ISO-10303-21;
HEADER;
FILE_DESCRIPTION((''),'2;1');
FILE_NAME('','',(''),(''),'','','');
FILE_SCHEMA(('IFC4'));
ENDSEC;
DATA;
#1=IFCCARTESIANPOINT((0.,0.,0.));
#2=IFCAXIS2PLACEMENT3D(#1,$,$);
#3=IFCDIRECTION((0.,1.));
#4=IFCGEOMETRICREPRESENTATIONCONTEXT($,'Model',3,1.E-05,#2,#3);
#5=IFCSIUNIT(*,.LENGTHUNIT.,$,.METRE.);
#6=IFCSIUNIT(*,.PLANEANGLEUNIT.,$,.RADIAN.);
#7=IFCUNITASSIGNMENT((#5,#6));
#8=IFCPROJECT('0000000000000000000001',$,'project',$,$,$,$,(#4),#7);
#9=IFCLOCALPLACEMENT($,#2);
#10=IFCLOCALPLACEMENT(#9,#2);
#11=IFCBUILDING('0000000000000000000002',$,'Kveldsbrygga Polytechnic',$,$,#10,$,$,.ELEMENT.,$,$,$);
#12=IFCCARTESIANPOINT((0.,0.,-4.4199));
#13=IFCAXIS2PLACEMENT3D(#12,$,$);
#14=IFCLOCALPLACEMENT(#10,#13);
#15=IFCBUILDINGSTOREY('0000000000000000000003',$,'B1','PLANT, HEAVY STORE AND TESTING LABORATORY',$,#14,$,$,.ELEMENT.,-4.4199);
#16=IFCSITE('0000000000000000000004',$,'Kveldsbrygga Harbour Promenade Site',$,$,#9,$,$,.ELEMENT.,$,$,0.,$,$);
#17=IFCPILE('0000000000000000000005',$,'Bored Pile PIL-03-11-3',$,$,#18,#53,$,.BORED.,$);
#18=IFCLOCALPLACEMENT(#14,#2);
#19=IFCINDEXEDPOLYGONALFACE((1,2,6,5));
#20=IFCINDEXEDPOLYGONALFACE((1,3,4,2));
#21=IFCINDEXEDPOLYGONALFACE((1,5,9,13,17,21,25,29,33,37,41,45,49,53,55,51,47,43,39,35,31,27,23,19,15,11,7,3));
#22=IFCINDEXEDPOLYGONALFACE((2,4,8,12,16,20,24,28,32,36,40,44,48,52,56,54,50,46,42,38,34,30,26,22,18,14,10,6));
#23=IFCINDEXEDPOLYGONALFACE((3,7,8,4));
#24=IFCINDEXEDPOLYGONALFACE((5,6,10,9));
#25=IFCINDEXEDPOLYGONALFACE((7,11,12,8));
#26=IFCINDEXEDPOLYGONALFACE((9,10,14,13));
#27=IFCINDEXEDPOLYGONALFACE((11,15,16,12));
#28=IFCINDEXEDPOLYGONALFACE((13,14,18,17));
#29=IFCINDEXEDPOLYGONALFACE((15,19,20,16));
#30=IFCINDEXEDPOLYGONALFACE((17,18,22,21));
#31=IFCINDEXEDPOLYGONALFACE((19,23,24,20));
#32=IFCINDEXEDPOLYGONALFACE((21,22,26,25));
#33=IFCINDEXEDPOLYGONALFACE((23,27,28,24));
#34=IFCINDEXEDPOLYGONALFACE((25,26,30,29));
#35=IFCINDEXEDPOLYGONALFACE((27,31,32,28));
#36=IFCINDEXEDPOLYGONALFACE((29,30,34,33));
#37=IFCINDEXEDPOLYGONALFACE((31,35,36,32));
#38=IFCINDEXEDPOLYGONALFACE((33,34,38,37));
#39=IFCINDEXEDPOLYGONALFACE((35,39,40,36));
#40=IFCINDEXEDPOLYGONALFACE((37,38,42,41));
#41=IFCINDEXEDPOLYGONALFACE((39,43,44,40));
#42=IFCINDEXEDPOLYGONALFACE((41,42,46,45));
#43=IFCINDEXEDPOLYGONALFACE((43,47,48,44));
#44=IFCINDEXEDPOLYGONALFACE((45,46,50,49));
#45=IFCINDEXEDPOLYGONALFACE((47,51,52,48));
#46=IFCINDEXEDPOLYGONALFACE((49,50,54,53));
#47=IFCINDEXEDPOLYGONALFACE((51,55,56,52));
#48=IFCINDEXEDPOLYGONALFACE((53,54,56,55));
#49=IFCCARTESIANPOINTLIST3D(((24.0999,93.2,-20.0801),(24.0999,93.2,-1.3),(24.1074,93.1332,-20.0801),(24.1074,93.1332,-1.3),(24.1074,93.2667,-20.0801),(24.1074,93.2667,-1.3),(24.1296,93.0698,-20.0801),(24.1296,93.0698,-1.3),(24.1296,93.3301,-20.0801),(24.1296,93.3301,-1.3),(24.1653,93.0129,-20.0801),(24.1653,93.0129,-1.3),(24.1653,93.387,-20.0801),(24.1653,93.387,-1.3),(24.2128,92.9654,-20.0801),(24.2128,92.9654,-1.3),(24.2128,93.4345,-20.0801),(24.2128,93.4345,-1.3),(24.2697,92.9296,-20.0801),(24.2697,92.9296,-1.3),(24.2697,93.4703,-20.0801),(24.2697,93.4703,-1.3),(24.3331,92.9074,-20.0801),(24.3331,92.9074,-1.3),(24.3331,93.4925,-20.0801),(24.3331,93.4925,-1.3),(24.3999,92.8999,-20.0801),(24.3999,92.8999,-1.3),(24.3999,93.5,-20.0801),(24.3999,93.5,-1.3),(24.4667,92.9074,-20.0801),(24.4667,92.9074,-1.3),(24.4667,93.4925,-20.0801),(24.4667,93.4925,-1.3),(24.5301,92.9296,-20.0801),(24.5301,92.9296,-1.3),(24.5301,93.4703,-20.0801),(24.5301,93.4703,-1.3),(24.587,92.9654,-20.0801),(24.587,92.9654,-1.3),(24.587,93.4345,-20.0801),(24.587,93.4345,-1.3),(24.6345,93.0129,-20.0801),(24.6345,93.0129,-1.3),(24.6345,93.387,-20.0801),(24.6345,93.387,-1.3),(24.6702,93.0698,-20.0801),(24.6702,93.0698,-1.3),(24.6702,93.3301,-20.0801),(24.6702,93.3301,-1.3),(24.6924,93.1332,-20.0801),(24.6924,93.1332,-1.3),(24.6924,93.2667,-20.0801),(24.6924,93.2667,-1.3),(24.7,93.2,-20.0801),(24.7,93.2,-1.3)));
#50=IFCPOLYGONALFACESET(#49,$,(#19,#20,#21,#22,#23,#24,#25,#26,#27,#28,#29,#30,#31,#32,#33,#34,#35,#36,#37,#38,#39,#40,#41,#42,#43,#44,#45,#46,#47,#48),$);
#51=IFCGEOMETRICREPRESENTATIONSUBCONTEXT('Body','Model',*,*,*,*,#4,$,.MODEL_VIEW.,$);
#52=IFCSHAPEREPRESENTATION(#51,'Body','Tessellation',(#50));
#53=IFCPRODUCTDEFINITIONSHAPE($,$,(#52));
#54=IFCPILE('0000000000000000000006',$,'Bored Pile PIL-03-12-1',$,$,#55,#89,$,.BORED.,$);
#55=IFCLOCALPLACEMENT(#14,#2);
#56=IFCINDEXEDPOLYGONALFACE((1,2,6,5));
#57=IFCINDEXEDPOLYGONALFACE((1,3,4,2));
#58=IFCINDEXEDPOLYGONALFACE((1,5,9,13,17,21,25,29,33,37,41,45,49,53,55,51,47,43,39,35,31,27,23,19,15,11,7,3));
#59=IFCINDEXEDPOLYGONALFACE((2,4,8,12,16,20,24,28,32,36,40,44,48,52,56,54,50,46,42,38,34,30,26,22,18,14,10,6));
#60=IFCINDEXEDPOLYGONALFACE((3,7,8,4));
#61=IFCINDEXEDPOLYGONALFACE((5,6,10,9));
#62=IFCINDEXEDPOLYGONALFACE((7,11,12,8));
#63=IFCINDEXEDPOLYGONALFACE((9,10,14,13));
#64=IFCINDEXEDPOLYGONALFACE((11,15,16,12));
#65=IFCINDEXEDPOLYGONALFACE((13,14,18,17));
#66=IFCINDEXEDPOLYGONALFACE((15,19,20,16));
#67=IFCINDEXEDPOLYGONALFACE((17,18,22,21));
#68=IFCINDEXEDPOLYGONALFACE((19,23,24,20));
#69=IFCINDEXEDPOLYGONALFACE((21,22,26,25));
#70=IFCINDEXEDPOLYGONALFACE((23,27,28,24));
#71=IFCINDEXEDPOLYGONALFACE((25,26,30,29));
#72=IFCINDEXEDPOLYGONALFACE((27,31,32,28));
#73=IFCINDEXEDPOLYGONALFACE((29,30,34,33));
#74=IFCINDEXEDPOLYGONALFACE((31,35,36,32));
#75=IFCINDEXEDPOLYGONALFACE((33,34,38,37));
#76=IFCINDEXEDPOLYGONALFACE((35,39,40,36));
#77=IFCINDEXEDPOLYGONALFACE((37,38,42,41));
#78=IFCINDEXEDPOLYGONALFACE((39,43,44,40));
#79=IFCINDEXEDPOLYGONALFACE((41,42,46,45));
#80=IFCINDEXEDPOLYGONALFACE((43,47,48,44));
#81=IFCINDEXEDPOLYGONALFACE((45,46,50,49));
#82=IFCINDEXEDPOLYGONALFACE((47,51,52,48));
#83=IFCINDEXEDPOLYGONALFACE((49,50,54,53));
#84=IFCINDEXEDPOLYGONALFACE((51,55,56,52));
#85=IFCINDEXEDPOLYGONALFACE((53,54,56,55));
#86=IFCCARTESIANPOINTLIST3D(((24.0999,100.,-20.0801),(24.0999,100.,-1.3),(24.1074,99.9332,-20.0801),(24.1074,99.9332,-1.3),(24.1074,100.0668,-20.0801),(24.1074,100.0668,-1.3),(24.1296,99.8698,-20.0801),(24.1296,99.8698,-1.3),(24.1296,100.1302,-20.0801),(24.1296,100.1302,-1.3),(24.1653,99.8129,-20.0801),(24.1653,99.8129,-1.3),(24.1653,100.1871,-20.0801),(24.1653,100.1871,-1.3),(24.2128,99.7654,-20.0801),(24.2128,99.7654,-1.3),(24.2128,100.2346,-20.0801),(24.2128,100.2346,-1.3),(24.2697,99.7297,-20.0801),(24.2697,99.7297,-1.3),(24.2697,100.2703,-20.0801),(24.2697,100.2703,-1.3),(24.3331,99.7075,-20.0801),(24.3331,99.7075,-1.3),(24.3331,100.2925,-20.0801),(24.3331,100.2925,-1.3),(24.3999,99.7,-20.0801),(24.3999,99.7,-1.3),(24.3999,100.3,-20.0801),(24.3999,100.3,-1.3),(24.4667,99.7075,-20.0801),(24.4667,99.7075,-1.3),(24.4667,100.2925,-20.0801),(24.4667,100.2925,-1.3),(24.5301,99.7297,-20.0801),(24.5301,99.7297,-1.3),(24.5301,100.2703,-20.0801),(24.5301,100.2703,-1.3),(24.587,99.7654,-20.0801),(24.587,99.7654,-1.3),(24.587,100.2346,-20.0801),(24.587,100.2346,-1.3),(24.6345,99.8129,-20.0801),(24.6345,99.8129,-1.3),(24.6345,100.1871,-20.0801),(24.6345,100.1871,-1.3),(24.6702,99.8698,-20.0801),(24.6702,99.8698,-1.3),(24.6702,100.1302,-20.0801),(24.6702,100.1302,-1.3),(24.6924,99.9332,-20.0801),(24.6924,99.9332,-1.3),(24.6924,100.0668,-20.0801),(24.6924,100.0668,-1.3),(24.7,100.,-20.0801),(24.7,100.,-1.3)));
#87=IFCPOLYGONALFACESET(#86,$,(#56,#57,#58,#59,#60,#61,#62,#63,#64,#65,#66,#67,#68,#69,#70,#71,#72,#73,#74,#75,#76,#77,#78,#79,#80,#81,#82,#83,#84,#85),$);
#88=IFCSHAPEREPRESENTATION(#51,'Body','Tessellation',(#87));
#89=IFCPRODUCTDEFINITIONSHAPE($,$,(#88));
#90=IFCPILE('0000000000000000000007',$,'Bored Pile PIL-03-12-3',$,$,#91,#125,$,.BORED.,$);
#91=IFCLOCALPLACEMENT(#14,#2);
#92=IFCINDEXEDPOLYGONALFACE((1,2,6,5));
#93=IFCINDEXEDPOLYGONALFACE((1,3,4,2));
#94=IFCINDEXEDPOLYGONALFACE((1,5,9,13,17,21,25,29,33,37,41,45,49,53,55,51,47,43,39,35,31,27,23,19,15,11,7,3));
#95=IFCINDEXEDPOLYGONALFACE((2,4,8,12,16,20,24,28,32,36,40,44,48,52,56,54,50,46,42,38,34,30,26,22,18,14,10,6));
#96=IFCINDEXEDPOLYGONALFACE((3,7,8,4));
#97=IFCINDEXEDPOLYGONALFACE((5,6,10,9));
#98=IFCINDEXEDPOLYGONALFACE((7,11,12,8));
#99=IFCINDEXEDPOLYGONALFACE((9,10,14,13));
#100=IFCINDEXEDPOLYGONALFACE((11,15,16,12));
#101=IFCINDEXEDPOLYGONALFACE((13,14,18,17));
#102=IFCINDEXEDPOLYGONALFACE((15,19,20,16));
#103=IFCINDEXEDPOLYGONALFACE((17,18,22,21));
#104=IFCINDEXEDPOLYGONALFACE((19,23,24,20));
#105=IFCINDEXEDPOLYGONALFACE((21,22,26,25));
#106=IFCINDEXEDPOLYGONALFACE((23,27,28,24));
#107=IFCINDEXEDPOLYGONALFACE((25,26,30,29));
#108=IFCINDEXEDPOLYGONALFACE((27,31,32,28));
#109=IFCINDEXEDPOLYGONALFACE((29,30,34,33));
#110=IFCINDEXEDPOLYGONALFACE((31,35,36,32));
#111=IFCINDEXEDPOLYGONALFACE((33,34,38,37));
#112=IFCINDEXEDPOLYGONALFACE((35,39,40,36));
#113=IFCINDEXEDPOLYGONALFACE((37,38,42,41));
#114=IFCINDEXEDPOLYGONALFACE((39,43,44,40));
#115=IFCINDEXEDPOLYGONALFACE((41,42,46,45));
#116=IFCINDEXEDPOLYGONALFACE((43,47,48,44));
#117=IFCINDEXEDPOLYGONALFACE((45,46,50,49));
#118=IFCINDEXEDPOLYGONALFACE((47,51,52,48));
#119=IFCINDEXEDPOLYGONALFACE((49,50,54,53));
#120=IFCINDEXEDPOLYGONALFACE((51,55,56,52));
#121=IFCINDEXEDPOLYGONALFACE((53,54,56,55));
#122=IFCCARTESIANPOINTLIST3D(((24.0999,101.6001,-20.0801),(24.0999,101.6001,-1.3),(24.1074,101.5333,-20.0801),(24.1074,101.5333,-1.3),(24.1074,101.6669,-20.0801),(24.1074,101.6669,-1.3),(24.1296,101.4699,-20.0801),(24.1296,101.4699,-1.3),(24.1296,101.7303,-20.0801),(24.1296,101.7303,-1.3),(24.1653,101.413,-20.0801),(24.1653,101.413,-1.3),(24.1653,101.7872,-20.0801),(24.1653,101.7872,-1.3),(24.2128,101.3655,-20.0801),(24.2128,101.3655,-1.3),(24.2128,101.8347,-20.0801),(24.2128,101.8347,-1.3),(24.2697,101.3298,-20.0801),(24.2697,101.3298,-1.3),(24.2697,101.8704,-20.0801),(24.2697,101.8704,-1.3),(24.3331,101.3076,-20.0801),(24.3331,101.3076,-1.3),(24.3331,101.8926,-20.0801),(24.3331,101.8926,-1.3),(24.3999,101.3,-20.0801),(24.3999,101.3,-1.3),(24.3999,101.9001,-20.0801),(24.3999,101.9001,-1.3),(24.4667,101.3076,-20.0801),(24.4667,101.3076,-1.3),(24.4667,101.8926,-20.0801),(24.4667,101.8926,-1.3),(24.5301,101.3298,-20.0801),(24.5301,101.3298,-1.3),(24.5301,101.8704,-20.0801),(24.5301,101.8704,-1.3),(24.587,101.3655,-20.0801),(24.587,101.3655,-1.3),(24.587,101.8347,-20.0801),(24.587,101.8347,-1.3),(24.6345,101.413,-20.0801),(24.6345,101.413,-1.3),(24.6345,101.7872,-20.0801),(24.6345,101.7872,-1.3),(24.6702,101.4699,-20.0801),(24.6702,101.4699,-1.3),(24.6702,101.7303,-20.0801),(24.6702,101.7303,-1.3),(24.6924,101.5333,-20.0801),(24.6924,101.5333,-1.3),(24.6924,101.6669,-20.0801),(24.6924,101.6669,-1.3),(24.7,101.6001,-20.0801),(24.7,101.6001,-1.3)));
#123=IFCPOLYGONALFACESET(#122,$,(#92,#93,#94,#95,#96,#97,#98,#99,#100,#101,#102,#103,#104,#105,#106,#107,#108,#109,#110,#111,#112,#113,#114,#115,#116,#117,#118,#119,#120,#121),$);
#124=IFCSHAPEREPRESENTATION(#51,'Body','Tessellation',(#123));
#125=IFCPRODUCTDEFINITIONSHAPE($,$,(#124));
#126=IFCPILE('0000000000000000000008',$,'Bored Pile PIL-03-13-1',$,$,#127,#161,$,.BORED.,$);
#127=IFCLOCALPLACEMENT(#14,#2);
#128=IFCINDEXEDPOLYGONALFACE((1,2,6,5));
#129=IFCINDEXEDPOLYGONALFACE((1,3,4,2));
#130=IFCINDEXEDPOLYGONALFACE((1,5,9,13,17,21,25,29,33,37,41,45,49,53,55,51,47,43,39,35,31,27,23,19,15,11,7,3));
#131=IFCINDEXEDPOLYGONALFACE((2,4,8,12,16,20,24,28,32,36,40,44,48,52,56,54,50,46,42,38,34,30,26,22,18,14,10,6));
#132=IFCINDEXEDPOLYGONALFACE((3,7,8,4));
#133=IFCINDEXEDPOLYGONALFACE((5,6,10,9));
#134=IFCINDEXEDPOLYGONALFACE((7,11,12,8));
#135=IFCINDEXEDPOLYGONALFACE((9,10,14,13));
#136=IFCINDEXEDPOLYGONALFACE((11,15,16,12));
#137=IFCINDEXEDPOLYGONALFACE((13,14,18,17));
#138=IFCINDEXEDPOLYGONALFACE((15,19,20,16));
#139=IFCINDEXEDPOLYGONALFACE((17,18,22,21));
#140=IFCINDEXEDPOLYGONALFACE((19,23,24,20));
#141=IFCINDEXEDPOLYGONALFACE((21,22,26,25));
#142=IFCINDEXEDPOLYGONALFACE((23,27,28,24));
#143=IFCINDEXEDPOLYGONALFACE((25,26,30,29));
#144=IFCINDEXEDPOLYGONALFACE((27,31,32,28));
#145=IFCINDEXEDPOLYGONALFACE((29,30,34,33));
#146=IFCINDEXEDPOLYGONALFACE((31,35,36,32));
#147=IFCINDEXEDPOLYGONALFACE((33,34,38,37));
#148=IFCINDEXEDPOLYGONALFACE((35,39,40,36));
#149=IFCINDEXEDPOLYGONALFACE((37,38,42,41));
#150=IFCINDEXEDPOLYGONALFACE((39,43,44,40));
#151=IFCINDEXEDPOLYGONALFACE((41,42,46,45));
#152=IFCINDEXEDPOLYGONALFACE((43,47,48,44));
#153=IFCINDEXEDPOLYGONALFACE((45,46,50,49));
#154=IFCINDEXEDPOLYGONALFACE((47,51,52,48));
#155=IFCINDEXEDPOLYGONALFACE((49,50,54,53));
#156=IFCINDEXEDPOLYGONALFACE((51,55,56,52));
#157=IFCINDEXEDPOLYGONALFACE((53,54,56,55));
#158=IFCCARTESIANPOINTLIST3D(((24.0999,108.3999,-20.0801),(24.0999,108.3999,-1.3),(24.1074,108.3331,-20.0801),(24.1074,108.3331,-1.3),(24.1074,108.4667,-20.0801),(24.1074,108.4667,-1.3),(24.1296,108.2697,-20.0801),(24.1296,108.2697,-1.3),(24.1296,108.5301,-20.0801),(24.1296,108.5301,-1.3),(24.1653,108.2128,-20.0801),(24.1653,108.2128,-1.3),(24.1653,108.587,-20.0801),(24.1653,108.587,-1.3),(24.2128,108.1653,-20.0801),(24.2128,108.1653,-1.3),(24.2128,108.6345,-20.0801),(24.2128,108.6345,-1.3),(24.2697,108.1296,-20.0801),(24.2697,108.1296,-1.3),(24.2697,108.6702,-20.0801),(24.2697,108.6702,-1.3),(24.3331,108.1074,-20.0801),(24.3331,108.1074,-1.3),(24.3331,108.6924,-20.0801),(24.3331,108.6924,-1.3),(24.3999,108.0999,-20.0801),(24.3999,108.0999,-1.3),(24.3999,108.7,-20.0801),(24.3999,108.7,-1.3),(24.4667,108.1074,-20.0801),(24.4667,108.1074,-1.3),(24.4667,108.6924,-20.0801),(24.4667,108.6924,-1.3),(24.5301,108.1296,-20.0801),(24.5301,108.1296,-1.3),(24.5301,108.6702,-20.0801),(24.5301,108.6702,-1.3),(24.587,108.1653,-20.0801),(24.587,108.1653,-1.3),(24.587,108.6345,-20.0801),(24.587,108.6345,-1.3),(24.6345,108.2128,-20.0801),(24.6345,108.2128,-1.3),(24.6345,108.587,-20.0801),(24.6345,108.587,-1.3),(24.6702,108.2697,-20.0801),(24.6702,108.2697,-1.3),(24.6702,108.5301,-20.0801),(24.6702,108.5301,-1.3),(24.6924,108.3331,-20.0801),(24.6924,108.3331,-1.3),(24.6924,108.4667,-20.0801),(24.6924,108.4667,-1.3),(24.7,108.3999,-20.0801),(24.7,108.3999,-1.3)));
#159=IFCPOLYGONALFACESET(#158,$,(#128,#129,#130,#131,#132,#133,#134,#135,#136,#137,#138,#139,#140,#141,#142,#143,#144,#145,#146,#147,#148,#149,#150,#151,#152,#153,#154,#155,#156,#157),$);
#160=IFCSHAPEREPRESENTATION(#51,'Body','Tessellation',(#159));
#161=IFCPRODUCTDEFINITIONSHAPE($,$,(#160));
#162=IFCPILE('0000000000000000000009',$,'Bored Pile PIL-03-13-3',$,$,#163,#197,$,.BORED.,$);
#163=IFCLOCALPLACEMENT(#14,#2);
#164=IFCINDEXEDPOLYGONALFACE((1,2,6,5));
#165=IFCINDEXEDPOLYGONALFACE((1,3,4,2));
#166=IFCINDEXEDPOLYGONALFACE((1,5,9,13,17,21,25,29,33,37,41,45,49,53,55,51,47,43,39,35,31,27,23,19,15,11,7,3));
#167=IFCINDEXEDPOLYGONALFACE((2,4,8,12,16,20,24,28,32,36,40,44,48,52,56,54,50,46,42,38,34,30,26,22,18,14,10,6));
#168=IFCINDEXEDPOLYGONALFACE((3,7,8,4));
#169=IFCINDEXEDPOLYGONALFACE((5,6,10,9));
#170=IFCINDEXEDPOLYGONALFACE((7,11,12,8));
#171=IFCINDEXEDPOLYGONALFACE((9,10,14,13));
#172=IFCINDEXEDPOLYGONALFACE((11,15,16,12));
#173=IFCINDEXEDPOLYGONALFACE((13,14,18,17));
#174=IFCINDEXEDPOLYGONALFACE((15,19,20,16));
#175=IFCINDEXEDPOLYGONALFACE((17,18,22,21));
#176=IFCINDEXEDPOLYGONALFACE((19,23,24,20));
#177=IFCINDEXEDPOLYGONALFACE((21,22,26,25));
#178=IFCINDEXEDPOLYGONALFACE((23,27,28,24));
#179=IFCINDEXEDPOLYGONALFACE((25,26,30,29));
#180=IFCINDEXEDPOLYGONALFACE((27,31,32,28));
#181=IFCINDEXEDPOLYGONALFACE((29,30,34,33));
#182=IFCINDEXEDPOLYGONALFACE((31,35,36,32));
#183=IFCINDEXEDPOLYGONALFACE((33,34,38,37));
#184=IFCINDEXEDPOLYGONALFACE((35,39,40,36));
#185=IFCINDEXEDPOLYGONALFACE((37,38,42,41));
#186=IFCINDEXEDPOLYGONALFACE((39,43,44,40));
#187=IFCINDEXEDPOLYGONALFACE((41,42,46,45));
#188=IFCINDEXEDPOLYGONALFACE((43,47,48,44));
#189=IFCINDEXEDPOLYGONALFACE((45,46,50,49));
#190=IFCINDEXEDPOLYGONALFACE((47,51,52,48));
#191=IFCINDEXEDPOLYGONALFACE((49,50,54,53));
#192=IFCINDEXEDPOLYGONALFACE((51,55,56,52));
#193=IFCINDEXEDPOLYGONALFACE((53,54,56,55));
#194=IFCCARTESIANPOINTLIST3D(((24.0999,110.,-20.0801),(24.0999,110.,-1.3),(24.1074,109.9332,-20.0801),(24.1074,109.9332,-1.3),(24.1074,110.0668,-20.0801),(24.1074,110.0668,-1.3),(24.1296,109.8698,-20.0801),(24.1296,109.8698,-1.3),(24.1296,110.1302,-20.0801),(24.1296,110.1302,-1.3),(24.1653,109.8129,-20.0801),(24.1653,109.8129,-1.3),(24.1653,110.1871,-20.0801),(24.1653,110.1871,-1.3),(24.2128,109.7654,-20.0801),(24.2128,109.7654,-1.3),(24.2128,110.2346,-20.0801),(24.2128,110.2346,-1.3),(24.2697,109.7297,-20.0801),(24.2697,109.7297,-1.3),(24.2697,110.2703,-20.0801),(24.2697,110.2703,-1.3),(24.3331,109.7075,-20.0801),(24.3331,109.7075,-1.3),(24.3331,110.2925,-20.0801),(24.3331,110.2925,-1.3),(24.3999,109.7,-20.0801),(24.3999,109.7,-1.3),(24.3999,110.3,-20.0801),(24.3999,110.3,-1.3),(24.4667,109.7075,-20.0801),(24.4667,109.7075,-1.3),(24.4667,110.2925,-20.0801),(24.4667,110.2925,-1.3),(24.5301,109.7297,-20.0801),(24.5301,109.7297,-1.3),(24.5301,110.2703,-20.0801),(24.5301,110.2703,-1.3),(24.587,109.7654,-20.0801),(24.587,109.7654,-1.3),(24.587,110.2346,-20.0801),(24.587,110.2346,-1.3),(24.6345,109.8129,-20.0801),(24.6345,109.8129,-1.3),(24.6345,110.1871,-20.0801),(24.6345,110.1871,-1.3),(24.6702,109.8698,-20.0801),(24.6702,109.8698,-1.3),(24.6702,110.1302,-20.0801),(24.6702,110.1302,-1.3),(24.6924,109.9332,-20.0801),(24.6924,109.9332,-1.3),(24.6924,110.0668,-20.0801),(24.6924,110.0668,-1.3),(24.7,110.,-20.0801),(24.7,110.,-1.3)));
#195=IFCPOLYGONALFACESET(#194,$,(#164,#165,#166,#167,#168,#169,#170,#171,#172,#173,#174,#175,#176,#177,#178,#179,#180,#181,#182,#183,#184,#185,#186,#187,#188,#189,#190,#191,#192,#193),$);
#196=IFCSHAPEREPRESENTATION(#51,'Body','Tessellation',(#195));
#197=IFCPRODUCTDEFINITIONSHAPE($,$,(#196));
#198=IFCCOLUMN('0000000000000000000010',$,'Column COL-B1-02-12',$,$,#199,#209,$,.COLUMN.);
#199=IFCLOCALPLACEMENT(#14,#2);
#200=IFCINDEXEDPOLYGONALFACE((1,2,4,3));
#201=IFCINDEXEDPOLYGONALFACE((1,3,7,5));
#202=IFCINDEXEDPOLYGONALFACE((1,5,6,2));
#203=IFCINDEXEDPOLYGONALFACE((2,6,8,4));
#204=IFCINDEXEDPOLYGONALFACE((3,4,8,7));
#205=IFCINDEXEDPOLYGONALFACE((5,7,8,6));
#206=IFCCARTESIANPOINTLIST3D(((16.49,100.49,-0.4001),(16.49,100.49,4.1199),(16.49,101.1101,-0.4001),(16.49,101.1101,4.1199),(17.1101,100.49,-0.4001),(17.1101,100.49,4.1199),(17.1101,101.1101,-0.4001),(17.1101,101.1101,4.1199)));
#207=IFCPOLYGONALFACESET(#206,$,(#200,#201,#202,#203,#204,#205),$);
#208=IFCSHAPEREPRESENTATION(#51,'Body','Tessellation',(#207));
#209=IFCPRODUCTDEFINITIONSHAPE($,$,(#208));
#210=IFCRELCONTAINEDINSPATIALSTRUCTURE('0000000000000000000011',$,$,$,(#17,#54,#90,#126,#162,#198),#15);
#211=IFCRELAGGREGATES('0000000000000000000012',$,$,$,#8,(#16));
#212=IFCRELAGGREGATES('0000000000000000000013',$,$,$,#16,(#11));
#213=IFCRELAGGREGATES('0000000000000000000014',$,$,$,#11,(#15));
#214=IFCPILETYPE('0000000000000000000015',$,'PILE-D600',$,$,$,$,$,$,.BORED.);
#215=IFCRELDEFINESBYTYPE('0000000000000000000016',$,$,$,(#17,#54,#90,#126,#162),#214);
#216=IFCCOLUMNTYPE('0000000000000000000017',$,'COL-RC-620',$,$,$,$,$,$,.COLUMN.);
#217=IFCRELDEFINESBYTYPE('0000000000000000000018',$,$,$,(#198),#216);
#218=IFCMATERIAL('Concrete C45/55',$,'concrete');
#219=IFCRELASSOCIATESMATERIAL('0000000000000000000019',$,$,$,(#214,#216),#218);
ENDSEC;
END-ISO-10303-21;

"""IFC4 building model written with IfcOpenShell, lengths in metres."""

from ifc_helpers import new_model, si_unit, direction, frame, origin, origin_2d, place, context, subcontext, project, spatial, rectangle, circle, extrude, material, material_profile, profile_set, type_object, element, save


model = new_model("IFC4")

# Units and contexts
model_context = context("Model", 3, precision=1e-05, world=origin(), true_north=direction((0.0, 1.0)))
body_context = subcontext(model_context, "Body", "Model", "MODEL_VIEW")
ifc_project = project(units=[si_unit("LENGTHUNIT", "METRE"), si_unit("PLANEANGLEUNIT", "RADIAN")], contexts=[model_context])

# Site, building, storey
site_placement = place(None, origin())
site = spatial("IfcSite", under=ifc_project, at=site_placement, Name="Kveldsbrygga Harbour Promenade Site", CompositionType="ELEMENT", RefElevation=0.0)
building_placement = place(site_placement, origin())
building = spatial("IfcBuilding", under=site, at=building_placement, Name="Kveldsbrygga Polytechnic", CompositionType="ELEMENT")
storey_placement = place(building_placement, frame((0.0, 0.0, -4.4199)))
storey = spatial("IfcBuildingStorey", under=building, at=storey_placement, Name="B1", Description="PLANT, HEAVY STORE AND TESTING LABORATORY", CompositionType="ELEMENT", Elevation=-4.4199)

# Shared definitions
ifc_material_1 = material(Name="Concrete C45/55", Category="concrete")

# Piles
ifc_material_profile_1 = material_profile(ifc_material_1, circle(Radius=0.3, at=origin_2d()), Name="PILE D600")
ifc_profile_set_1 = profile_set([ifc_material_profile_1], Name="Concrete C45/55")
pile_type = type_object("IfcPileType", Name="PILE-D600", PredefinedType="BORED", material=ifc_profile_set_1)
for number, where, z_axis, x_axis, name in (
    (1, (24.3999, 93.2, -1.3), (0.0, 0.0, -1.0), (1.0, 0.0, 0.0), "Bored Pile PIL-03-11-3"),
    (2, (24.3999, 100.0, -1.3), (0.0, 0.0, -1.0), (1.0, 0.0, 0.0), "Bored Pile PIL-03-12-1"),
    (3, (24.3999, 101.6001, -1.3), (0.0, 0.0, -1.0), (1.0, 0.0, 0.0), "Bored Pile PIL-03-12-3"),
    (4, (24.3999, 108.3999, -1.3), (0.0, 0.0, -1.0), (1.0, 0.0, 0.0), "Bored Pile PIL-03-13-1"),
    (5, (24.3999, 110.0, -1.3), (0.0, 0.0, -1.0), (1.0, 0.0, 0.0), "Bored Pile PIL-03-13-3"),
):
    element("IfcPile", number, at=place(storey_placement, frame(where, z_axis=z_axis, x_axis=x_axis)), inside=storey, type_object=pile_type, Name=name, PredefinedType="BORED", context=body_context, shape_type="SweptSolid", body=[
        extrude(circle(Radius=0.3, at=origin_2d()), origin(), (0.0, 0.0, 1.0), 18.78),
    ])

# Column
ifc_material_profile_2 = material_profile(ifc_material_1, rectangle(XDim=0.6201, YDim=0.6201, at=origin_2d()), Name="RC 620x620")
ifc_profile_set_2 = profile_set([ifc_material_profile_2], Name="Concrete C45/55")
column_type = type_object("IfcColumnType", Name="COL-RC-620", PredefinedType="COLUMN", material=ifc_profile_set_2)
for number, where, z_axis, x_axis, name in (
    (6, (16.8, 100.8, -0.4001), (0.0, 0.0, 1.0), (1.0, 0.0, 0.0), "Column COL-B1-02-12"),
):
    element("IfcColumn", number, at=place(storey_placement, frame(where, z_axis=z_axis, x_axis=x_axis)), inside=storey, type_object=column_type, Name=name, PredefinedType="COLUMN", context=body_context, shape_type="SweptSolid", body=[
        extrude(rectangle(XDim=0.6201, YDim=0.6201, at=origin_2d()), origin(), (0.0, 0.0, 1.0), 4.52),
    ])

save(model, "model.ifc")
